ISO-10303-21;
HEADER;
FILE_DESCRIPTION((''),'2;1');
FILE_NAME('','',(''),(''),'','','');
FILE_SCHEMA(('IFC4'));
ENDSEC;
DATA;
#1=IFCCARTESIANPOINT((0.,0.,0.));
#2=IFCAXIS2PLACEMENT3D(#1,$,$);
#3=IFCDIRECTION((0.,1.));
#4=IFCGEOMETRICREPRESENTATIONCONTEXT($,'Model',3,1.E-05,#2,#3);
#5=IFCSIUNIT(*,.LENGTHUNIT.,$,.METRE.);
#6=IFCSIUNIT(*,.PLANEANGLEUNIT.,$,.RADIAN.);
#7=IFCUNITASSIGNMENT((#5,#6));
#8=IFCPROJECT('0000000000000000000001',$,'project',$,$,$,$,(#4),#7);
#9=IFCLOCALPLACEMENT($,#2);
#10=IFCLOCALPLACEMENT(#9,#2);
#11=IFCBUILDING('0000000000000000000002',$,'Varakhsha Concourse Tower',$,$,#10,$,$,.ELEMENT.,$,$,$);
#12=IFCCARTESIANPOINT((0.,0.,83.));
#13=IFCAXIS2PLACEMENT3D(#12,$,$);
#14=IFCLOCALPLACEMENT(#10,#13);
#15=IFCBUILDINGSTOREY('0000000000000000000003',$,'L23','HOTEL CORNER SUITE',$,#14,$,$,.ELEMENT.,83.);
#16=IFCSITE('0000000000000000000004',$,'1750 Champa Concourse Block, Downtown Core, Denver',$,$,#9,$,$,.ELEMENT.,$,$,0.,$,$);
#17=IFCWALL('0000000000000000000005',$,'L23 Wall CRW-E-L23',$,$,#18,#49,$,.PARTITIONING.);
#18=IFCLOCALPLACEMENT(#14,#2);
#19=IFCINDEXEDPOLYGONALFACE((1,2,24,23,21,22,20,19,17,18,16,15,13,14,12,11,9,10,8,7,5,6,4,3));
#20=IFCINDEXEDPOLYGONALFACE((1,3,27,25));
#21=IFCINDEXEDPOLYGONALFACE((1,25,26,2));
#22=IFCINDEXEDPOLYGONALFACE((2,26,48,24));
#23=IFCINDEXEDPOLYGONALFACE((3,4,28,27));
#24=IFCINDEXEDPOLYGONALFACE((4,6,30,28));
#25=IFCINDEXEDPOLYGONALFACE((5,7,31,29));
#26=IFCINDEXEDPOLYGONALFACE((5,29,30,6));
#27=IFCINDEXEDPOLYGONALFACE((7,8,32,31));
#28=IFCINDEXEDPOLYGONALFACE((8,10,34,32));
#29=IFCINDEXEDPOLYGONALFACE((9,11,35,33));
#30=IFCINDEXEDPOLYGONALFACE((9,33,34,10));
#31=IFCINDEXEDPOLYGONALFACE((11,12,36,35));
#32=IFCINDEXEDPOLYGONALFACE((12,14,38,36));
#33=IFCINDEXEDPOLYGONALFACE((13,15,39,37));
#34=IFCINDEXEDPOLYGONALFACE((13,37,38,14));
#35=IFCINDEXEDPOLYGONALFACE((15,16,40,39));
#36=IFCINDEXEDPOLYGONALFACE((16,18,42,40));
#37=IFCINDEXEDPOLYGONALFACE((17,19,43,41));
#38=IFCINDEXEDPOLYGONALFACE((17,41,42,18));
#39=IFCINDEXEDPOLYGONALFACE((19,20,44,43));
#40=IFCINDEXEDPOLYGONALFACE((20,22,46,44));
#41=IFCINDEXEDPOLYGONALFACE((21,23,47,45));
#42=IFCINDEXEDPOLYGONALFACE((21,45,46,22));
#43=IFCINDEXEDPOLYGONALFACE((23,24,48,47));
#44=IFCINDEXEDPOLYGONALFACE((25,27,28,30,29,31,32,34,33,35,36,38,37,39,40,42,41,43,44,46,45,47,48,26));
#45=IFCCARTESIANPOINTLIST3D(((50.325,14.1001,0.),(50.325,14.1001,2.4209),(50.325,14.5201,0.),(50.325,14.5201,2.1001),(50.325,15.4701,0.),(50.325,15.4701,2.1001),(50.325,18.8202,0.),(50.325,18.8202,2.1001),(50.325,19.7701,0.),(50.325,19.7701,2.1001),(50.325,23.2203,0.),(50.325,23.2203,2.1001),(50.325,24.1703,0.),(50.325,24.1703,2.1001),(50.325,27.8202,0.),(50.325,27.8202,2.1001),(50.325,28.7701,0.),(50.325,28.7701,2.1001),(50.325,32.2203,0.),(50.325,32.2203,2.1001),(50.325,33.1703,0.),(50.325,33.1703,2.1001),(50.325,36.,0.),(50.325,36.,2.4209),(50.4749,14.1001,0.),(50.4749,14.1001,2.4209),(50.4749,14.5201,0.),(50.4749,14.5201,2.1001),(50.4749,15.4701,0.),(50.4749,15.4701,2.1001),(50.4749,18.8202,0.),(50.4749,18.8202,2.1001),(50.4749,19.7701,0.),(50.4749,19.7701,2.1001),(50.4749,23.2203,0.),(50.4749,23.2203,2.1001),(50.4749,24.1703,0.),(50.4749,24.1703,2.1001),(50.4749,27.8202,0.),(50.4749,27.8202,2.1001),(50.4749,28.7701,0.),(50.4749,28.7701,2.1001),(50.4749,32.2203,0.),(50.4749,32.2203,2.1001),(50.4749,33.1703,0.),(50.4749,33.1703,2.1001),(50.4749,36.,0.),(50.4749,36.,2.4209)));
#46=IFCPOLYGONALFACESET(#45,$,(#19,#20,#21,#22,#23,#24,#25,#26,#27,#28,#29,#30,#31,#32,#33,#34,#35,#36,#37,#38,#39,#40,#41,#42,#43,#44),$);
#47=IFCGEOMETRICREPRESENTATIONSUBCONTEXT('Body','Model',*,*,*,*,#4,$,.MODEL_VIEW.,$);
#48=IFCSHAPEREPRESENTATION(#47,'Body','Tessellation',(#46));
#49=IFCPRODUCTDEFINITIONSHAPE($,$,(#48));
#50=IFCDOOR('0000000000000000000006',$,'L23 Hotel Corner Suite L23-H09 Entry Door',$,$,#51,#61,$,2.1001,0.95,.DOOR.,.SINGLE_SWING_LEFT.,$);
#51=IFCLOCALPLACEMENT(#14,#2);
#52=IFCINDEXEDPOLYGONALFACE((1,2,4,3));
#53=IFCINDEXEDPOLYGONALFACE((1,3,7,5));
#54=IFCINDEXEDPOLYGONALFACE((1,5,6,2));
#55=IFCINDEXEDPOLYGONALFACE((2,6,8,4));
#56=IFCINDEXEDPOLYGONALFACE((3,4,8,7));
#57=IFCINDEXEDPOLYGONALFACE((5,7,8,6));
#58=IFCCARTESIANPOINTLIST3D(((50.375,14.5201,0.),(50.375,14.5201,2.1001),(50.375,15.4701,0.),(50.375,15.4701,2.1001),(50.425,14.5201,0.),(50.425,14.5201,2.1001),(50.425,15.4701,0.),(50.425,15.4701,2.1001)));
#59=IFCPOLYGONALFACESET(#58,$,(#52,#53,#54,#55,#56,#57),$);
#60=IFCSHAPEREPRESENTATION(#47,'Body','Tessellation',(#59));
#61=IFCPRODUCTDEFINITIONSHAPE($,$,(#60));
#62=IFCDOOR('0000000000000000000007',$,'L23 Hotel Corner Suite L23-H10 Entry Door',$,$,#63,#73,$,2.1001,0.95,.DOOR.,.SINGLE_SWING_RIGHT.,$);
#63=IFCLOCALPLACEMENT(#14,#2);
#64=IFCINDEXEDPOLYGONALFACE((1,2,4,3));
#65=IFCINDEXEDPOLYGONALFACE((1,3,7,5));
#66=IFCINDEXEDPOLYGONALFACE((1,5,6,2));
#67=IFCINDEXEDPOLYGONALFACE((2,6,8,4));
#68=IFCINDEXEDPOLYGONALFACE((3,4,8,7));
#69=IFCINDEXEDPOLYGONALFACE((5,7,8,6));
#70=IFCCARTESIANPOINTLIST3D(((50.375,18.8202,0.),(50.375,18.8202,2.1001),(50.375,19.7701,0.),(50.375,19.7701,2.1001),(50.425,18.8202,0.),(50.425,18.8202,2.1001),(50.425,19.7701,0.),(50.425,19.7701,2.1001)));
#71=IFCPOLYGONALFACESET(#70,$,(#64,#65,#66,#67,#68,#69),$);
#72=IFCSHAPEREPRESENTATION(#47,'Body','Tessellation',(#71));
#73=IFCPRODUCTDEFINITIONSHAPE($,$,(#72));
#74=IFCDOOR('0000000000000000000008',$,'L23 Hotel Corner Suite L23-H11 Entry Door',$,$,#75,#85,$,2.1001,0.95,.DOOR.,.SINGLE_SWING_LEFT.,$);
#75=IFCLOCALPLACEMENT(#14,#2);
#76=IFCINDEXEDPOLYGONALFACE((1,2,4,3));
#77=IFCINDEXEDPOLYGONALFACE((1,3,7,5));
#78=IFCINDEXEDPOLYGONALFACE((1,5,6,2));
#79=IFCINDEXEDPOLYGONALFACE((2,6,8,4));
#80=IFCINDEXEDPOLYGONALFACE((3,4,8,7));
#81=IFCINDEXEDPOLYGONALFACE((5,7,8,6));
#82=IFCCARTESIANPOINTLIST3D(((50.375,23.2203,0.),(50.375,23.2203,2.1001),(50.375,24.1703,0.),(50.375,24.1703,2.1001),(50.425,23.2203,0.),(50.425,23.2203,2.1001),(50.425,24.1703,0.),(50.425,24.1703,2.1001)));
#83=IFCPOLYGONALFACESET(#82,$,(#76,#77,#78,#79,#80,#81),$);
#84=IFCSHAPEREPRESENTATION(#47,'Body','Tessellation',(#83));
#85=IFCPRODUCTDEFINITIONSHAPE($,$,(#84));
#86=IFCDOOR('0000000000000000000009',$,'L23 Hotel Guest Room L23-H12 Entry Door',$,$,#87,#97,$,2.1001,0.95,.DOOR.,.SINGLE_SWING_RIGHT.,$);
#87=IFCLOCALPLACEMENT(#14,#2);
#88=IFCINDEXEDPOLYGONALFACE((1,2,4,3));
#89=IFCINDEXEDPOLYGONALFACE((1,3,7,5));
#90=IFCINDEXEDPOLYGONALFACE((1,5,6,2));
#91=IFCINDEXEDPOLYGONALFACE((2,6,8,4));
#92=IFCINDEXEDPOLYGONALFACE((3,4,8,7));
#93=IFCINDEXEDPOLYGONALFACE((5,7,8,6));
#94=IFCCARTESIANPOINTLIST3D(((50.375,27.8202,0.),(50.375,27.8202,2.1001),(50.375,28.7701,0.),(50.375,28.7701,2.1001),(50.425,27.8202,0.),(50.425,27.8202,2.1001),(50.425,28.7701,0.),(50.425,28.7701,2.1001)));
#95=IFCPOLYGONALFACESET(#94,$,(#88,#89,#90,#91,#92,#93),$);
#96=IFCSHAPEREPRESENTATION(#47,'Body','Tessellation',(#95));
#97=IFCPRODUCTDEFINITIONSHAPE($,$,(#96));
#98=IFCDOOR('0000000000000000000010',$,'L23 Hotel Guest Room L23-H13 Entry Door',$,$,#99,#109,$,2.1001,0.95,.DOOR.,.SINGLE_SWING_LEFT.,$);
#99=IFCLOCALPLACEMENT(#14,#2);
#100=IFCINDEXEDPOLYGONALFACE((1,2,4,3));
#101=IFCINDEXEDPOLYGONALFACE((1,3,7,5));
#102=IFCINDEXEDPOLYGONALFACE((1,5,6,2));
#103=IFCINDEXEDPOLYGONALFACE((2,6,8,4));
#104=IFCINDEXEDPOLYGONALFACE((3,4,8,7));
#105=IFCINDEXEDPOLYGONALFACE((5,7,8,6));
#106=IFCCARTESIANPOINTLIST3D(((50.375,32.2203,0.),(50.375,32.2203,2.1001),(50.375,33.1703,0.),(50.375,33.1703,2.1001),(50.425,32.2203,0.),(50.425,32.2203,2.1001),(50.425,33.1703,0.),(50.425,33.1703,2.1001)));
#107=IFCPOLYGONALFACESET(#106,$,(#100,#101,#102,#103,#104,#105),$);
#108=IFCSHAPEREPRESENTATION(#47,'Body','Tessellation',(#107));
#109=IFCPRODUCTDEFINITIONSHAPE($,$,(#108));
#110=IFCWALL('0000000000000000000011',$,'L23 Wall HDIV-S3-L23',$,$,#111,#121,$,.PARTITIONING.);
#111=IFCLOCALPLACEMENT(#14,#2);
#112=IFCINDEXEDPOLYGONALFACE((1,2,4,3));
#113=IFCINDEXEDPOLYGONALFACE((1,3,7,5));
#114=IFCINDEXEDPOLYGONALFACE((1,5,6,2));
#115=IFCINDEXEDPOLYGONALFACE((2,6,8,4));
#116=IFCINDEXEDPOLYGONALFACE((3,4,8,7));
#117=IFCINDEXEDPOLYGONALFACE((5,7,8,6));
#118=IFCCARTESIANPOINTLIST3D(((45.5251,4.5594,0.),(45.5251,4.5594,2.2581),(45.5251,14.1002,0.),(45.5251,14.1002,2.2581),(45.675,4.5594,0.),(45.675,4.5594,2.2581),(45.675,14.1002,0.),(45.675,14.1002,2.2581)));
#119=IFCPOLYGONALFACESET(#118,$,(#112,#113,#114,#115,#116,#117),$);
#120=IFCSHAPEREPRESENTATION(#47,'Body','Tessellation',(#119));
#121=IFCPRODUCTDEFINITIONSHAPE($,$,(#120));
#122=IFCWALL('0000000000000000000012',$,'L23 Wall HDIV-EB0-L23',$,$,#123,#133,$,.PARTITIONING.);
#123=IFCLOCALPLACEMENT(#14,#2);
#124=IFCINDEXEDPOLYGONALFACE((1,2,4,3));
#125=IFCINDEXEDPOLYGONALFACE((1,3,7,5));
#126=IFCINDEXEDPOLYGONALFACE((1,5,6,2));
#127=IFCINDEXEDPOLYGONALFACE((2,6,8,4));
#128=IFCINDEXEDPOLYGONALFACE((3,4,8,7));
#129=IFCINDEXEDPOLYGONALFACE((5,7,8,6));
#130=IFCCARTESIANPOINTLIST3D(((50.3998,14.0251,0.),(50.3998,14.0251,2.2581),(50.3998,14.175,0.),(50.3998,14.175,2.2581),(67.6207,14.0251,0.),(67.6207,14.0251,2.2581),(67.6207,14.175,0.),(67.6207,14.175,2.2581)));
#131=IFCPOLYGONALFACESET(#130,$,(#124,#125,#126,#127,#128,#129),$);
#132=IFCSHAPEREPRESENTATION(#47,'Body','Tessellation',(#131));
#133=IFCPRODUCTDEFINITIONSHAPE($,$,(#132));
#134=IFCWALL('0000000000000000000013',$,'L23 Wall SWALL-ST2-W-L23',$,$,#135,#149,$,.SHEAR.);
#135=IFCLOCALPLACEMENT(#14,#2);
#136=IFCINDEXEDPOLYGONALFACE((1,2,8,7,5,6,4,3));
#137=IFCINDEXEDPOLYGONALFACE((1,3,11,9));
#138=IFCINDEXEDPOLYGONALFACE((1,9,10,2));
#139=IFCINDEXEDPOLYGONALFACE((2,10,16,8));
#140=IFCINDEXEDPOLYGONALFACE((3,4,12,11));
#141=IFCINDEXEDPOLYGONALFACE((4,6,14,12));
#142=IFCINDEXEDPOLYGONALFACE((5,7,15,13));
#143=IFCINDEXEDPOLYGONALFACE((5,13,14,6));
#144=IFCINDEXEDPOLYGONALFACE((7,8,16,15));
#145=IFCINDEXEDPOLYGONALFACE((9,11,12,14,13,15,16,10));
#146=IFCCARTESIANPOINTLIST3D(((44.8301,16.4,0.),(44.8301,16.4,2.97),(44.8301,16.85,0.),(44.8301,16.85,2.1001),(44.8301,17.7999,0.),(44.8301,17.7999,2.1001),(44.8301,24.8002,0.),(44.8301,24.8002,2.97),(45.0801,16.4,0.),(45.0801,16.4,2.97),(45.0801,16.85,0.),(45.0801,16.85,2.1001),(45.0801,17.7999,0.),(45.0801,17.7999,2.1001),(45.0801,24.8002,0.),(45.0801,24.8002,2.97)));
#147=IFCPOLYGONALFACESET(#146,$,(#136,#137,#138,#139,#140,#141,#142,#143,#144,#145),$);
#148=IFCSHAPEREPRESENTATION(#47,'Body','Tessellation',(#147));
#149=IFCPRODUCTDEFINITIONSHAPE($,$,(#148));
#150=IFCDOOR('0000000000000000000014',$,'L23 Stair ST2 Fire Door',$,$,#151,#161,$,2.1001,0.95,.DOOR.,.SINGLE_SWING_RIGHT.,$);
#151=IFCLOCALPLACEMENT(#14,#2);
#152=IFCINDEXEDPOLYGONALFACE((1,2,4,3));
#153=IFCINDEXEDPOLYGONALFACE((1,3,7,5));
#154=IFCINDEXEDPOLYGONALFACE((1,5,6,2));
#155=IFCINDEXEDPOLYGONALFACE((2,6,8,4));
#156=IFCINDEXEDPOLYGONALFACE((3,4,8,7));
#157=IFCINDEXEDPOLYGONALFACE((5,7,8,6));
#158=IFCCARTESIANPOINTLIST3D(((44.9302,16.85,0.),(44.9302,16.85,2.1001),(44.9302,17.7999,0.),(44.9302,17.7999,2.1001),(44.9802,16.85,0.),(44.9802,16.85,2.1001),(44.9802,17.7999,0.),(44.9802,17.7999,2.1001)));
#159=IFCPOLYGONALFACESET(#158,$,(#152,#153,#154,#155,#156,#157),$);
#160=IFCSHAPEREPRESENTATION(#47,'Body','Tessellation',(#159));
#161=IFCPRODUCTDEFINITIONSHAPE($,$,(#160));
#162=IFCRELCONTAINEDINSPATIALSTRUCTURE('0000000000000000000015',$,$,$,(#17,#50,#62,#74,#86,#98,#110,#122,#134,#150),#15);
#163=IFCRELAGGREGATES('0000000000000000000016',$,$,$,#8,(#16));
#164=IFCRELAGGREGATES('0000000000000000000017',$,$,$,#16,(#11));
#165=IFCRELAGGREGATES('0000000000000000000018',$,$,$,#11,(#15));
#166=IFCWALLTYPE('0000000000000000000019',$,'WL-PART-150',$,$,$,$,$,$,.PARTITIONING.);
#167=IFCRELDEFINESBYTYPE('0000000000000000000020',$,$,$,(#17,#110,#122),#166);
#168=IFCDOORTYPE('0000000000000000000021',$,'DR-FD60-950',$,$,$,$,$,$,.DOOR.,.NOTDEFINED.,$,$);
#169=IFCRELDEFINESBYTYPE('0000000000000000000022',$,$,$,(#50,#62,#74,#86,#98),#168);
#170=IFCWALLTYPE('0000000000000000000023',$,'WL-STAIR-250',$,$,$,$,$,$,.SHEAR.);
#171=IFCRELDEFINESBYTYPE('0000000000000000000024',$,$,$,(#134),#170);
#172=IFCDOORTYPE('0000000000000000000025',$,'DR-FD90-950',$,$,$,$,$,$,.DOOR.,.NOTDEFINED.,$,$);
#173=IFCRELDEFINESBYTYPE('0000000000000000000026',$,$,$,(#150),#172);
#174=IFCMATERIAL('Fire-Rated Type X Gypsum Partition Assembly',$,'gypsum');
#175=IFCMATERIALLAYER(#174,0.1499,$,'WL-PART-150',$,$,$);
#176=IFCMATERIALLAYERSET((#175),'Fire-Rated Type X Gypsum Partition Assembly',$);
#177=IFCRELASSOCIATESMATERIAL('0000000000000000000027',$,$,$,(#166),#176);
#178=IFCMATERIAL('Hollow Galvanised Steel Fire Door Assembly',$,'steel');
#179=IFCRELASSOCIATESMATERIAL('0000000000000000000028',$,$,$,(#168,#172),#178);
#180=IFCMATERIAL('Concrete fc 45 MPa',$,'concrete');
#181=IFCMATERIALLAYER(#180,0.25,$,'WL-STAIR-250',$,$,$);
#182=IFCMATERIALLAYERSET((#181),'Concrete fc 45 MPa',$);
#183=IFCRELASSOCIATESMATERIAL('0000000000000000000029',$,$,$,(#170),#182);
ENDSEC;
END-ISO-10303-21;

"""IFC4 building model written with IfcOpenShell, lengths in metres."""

from ifc_helpers import new_model, si_unit, direction, frame, frame_2d, origin, place, context, subcontext, project, spatial, rectangle, extrude, material, layer, layer_set, type_object, element, fill, save


model = new_model("IFC4")

# Units and contexts
model_context = context("Model", 3, precision=1e-05, world=origin(), true_north=direction((0.0, 1.0)))
body_context = subcontext(model_context, "Body", "Model", "MODEL_VIEW")
ifc_project = project(units=[si_unit("LENGTHUNIT", "METRE"), si_unit("PLANEANGLEUNIT", "RADIAN")], contexts=[model_context])

# Site, building, storey
site_placement = place(None, origin())
site = spatial("IfcSite", under=ifc_project, at=site_placement, Name="1750 Champa Concourse Block, Downtown Core, Denver", CompositionType="ELEMENT", RefElevation=0.0)
building_placement = place(site_placement, origin())
building = spatial("IfcBuilding", under=site, at=building_placement, Name="Varakhsha Concourse Tower", CompositionType="ELEMENT")
storey_placement = place(building_placement, frame((0.0, 0.0, 83.0)))
storey = spatial("IfcBuildingStorey", under=building, at=storey_placement, Name="L23", Description="HOTEL CORNER SUITE", CompositionType="ELEMENT", Elevation=83.0)

# Shared definitions
ifc_material_1 = material(Name="Fire-Rated Type X Gypsum Partition Assembly", Category="gypsum")
ifc_material_2 = material(Name="Hollow Galvanised Steel Fire Door Assembly", Category="steel")

# Wall, openings, doors
ifc_layer_1 = layer(ifc_material_1, 0.1499, Name="WL-PART-150")
ifc_layer_set_1 = layer_set([ifc_layer_1], Name="Fire-Rated Type X Gypsum Partition Assembly")
wall_type_1 = type_object("IfcWallType", Name="WL-PART-150", PredefinedType="PARTITIONING", material=ifc_layer_set_1)
wall_1_placement = place(storey_placement, frame((50.3999, 14.1001, 0.0), z_axis=(0.0, 0.0, 1.0), x_axis=(0.0, 1.0, 0.0)))
wall_1 = element("IfcWall", 1, at=wall_1_placement, inside=storey, type_object=wall_type_1, Name="L23 Wall CRW-E-L23", PredefinedType="PARTITIONING", context=body_context, shape_type="SweptSolid", body=[
    extrude(rectangle(XDim=21.8999, YDim=0.1499, at=frame_2d((10.95, 0.0))), origin(), (0.0, 0.0, 1.0), 2.4209),
])
opening_1_placement = place(wall_1_placement, frame((0.4199, 0.0, 0.0)))
opening_1 = element("IfcOpeningElement", 2, at=opening_1_placement, cuts=wall_1, PredefinedType="OPENING", context=body_context, shape_type="SweptSolid", body=[
    extrude(rectangle(XDim=0.95, YDim=2.1001, at=frame_2d((0.4751, 1.05))), frame((0.0, 0.085, 0.0), z_axis=(0.0, -1.0, 0.0), x_axis=(1.0, 0.0, 0.0)), (0.0, 0.0, 1.0), 0.1699),
])
opening_2_placement = place(wall_1_placement, frame((4.72, 0.0, 0.0)))
opening_2 = element("IfcOpeningElement", 3, at=opening_2_placement, cuts=wall_1, PredefinedType="OPENING", context=body_context, shape_type="SweptSolid", body=[
    extrude(rectangle(XDim=0.95, YDim=2.1001, at=frame_2d((0.4751, 1.05))), frame((0.0, 0.085, 0.0), z_axis=(0.0, -1.0, 0.0), x_axis=(1.0, 0.0, 0.0)), (0.0, 0.0, 1.0), 0.1699),
])
opening_3_placement = place(wall_1_placement, frame((9.1201, 0.0, 0.0)))
opening_3 = element("IfcOpeningElement", 4, at=opening_3_placement, cuts=wall_1, PredefinedType="OPENING", context=body_context, shape_type="SweptSolid", body=[
    extrude(rectangle(XDim=0.95, YDim=2.1001, at=frame_2d((0.4751, 1.05))), frame((0.0, 0.085, 0.0), z_axis=(0.0, -1.0, 0.0), x_axis=(1.0, 0.0, 0.0)), (0.0, 0.0, 1.0), 0.1699),
])
opening_4_placement = place(wall_1_placement, frame((13.72, 0.0, 0.0)))
opening_4 = element("IfcOpeningElement", 5, at=opening_4_placement, cuts=wall_1, PredefinedType="OPENING", context=body_context, shape_type="SweptSolid", body=[
    extrude(rectangle(XDim=0.95, YDim=2.1001, at=frame_2d((0.4751, 1.05))), frame((0.0, 0.085, 0.0), z_axis=(0.0, -1.0, 0.0), x_axis=(1.0, 0.0, 0.0)), (0.0, 0.0, 1.0), 0.1699),
])
opening_5_placement = place(wall_1_placement, frame((18.1201, 0.0, 0.0)))
opening_5 = element("IfcOpeningElement", 6, at=opening_5_placement, cuts=wall_1, PredefinedType="OPENING", context=body_context, shape_type="SweptSolid", body=[
    extrude(rectangle(XDim=0.95, YDim=2.1001, at=frame_2d((0.4751, 1.05))), frame((0.0, 0.085, 0.0), z_axis=(0.0, -1.0, 0.0), x_axis=(1.0, 0.0, 0.0)), (0.0, 0.0, 1.0), 0.1699),
])
door_type_1 = type_object("IfcDoorType", Name="DR-FD60-950", OperationType="NOTDEFINED", PredefinedType="DOOR", material=ifc_material_2)
door_1_placement = place(opening_1_placement, origin())
door_1 = element("IfcDoor", 7, at=door_1_placement, inside=storey, type_object=door_type_1, Name="L23 Hotel Corner Suite L23-H09 Entry Door", OperationType="SINGLE_SWING_LEFT", OverallHeight=2.1001, OverallWidth=0.95, PredefinedType="DOOR", context=body_context, shape_type="SweptSolid", body=[
    extrude(rectangle(XDim=0.95, YDim=2.1001, at=frame_2d((0.4751, 1.05))), frame((0.0, 0.0249, 0.0), z_axis=(0.0, -1.0, 0.0), x_axis=(1.0, 0.0, 0.0)), (0.0, 0.0, 1.0), 0.05),
])
fill(opening_1, door_1)
door_2_placement = place(opening_2_placement, origin())
door_2 = element("IfcDoor", 8, at=door_2_placement, inside=storey, type_object=door_type_1, Name="L23 Hotel Corner Suite L23-H10 Entry Door", OperationType="SINGLE_SWING_RIGHT", OverallHeight=2.1001, OverallWidth=0.95, PredefinedType="DOOR", context=body_context, shape_type="SweptSolid", body=[
    extrude(rectangle(XDim=0.95, YDim=2.1001, at=frame_2d((0.4751, 1.05))), frame((0.0, 0.0249, 0.0), z_axis=(0.0, -1.0, 0.0), x_axis=(1.0, 0.0, 0.0)), (0.0, 0.0, 1.0), 0.05),
])
fill(opening_2, door_2)
door_3_placement = place(opening_3_placement, origin())
door_3 = element("IfcDoor", 9, at=door_3_placement, inside=storey, type_object=door_type_1, Name="L23 Hotel Corner Suite L23-H11 Entry Door", OperationType="SINGLE_SWING_LEFT", OverallHeight=2.1001, OverallWidth=0.95, PredefinedType="DOOR", context=body_context, shape_type="SweptSolid", body=[
    extrude(rectangle(XDim=0.95, YDim=2.1001, at=frame_2d((0.4751, 1.05))), frame((0.0, 0.0249, 0.0), z_axis=(0.0, -1.0, 0.0), x_axis=(1.0, 0.0, 0.0)), (0.0, 0.0, 1.0), 0.05),
])
fill(opening_3, door_3)
door_4_placement = place(opening_4_placement, origin())
door_4 = element("IfcDoor", 10, at=door_4_placement, inside=storey, type_object=door_type_1, Name="L23 Hotel Guest Room L23-H12 Entry Door", OperationType="SINGLE_SWING_RIGHT", OverallHeight=2.1001, OverallWidth=0.95, PredefinedType="DOOR", context=body_context, shape_type="SweptSolid", body=[
    extrude(rectangle(XDim=0.95, YDim=2.1001, at=frame_2d((0.4751, 1.05))), frame((0.0, 0.0249, 0.0), z_axis=(0.0, -1.0, 0.0), x_axis=(1.0, 0.0, 0.0)), (0.0, 0.0, 1.0), 0.05),
])
fill(opening_4, door_4)
door_5_placement = place(opening_5_placement, origin())
door_5 = element("IfcDoor", 11, at=door_5_placement, inside=storey, type_object=door_type_1, Name="L23 Hotel Guest Room L23-H13 Entry Door", OperationType="SINGLE_SWING_LEFT", OverallHeight=2.1001, OverallWidth=0.95, PredefinedType="DOOR", context=body_context, shape_type="SweptSolid", body=[
    extrude(rectangle(XDim=0.95, YDim=2.1001, at=frame_2d((0.4751, 1.05))), frame((0.0, 0.0249, 0.0), z_axis=(0.0, -1.0, 0.0), x_axis=(1.0, 0.0, 0.0)), (0.0, 0.0, 1.0), 0.05),
])
fill(opening_5, door_5)

# Walls
wall_2_placement = place(storey_placement, frame((45.6001, 4.5593, 0.0), z_axis=(0.0, 0.0, 1.0), x_axis=(0.0, 1.0, 0.0)))
element("IfcWall", 12, at=wall_2_placement, inside=storey, type_object=wall_type_1, Name="L23 Wall HDIV-S3-L23", PredefinedType="PARTITIONING", context=body_context, shape_type="SweptSolid", body=[
    extrude(rectangle(XDim=9.5408, YDim=0.1499, at=frame_2d((4.7705, 0.0))), origin(), (0.0, 0.0, 1.0), 2.2581),
])
wall_3_placement = place(storey_placement, frame((50.3999, 14.1001, 0.0), z_axis=(0.0, 0.0, 1.0), x_axis=(1.0, 0.0, 0.0)))
element("IfcWall", 13, at=wall_3_placement, inside=storey, type_object=wall_type_1, Name="L23 Wall HDIV-EB0-L23", PredefinedType="PARTITIONING", context=body_context, shape_type="SweptSolid", body=[
    extrude(rectangle(XDim=17.2209, YDim=0.1499, at=frame_2d((8.6104, 0.0))), origin(), (0.0, 0.0, 1.0), 2.2581),
])

# Wall, opening, door
ifc_material_3 = material(Name="Concrete fc 45 MPa", Category="concrete")
ifc_layer_2 = layer(ifc_material_3, 0.25, Name="WL-STAIR-250")
ifc_layer_set_2 = layer_set([ifc_layer_2], Name="Concrete fc 45 MPa")
wall_type_2 = type_object("IfcWallType", Name="WL-STAIR-250", PredefinedType="SHEAR", material=ifc_layer_set_2)
wall_4_placement = place(storey_placement, frame((44.9551, 16.3999, 0.0), z_axis=(0.0, 0.0, 1.0), x_axis=(0.0, 1.0, 0.0)))
wall_4 = element("IfcWall", 14, at=wall_4_placement, inside=storey, type_object=wall_type_2, Name="L23 Wall SWALL-ST2-W-L23", PredefinedType="SHEAR", context=body_context, shape_type="SweptSolid", body=[
    extrude(rectangle(XDim=8.4001, YDim=0.25, at=frame_2d((4.2002, 0.0))), origin(), (0.0, 0.0, 1.0), 2.97),
])
opening_6_placement = place(wall_4_placement, frame((0.45, 0.0, 0.0)))
opening_6 = element("IfcOpeningElement", 15, at=opening_6_placement, cuts=wall_4, PredefinedType="OPENING", context=body_context, shape_type="SweptSolid", body=[
    extrude(rectangle(XDim=0.95, YDim=2.1001, at=frame_2d((0.4751, 1.05))), frame((0.0, 0.135, 0.0), z_axis=(0.0, -1.0, 0.0), x_axis=(1.0, 0.0, 0.0)), (0.0, 0.0, 1.0), 0.27),
])
door_type_2 = type_object("IfcDoorType", Name="DR-FD90-950", OperationType="NOTDEFINED", PredefinedType="DOOR", material=ifc_material_2)
door_6_placement = place(opening_6_placement, origin())
door_6 = element("IfcDoor", 16, at=door_6_placement, inside=storey, type_object=door_type_2, Name="L23 Stair ST2 Fire Door", OperationType="SINGLE_SWING_RIGHT", OverallHeight=2.1001, OverallWidth=0.95, PredefinedType="DOOR", context=body_context, shape_type="SweptSolid", body=[
    extrude(rectangle(XDim=0.95, YDim=2.1001, at=frame_2d((0.4751, 1.05))), frame((0.0, 0.0249, 0.0), z_axis=(0.0, -1.0, 0.0), x_axis=(1.0, 0.0, 0.0)), (0.0, 0.0, 1.0), 0.05),
])
fill(opening_6, door_6)

save(model, "model.ifc")
